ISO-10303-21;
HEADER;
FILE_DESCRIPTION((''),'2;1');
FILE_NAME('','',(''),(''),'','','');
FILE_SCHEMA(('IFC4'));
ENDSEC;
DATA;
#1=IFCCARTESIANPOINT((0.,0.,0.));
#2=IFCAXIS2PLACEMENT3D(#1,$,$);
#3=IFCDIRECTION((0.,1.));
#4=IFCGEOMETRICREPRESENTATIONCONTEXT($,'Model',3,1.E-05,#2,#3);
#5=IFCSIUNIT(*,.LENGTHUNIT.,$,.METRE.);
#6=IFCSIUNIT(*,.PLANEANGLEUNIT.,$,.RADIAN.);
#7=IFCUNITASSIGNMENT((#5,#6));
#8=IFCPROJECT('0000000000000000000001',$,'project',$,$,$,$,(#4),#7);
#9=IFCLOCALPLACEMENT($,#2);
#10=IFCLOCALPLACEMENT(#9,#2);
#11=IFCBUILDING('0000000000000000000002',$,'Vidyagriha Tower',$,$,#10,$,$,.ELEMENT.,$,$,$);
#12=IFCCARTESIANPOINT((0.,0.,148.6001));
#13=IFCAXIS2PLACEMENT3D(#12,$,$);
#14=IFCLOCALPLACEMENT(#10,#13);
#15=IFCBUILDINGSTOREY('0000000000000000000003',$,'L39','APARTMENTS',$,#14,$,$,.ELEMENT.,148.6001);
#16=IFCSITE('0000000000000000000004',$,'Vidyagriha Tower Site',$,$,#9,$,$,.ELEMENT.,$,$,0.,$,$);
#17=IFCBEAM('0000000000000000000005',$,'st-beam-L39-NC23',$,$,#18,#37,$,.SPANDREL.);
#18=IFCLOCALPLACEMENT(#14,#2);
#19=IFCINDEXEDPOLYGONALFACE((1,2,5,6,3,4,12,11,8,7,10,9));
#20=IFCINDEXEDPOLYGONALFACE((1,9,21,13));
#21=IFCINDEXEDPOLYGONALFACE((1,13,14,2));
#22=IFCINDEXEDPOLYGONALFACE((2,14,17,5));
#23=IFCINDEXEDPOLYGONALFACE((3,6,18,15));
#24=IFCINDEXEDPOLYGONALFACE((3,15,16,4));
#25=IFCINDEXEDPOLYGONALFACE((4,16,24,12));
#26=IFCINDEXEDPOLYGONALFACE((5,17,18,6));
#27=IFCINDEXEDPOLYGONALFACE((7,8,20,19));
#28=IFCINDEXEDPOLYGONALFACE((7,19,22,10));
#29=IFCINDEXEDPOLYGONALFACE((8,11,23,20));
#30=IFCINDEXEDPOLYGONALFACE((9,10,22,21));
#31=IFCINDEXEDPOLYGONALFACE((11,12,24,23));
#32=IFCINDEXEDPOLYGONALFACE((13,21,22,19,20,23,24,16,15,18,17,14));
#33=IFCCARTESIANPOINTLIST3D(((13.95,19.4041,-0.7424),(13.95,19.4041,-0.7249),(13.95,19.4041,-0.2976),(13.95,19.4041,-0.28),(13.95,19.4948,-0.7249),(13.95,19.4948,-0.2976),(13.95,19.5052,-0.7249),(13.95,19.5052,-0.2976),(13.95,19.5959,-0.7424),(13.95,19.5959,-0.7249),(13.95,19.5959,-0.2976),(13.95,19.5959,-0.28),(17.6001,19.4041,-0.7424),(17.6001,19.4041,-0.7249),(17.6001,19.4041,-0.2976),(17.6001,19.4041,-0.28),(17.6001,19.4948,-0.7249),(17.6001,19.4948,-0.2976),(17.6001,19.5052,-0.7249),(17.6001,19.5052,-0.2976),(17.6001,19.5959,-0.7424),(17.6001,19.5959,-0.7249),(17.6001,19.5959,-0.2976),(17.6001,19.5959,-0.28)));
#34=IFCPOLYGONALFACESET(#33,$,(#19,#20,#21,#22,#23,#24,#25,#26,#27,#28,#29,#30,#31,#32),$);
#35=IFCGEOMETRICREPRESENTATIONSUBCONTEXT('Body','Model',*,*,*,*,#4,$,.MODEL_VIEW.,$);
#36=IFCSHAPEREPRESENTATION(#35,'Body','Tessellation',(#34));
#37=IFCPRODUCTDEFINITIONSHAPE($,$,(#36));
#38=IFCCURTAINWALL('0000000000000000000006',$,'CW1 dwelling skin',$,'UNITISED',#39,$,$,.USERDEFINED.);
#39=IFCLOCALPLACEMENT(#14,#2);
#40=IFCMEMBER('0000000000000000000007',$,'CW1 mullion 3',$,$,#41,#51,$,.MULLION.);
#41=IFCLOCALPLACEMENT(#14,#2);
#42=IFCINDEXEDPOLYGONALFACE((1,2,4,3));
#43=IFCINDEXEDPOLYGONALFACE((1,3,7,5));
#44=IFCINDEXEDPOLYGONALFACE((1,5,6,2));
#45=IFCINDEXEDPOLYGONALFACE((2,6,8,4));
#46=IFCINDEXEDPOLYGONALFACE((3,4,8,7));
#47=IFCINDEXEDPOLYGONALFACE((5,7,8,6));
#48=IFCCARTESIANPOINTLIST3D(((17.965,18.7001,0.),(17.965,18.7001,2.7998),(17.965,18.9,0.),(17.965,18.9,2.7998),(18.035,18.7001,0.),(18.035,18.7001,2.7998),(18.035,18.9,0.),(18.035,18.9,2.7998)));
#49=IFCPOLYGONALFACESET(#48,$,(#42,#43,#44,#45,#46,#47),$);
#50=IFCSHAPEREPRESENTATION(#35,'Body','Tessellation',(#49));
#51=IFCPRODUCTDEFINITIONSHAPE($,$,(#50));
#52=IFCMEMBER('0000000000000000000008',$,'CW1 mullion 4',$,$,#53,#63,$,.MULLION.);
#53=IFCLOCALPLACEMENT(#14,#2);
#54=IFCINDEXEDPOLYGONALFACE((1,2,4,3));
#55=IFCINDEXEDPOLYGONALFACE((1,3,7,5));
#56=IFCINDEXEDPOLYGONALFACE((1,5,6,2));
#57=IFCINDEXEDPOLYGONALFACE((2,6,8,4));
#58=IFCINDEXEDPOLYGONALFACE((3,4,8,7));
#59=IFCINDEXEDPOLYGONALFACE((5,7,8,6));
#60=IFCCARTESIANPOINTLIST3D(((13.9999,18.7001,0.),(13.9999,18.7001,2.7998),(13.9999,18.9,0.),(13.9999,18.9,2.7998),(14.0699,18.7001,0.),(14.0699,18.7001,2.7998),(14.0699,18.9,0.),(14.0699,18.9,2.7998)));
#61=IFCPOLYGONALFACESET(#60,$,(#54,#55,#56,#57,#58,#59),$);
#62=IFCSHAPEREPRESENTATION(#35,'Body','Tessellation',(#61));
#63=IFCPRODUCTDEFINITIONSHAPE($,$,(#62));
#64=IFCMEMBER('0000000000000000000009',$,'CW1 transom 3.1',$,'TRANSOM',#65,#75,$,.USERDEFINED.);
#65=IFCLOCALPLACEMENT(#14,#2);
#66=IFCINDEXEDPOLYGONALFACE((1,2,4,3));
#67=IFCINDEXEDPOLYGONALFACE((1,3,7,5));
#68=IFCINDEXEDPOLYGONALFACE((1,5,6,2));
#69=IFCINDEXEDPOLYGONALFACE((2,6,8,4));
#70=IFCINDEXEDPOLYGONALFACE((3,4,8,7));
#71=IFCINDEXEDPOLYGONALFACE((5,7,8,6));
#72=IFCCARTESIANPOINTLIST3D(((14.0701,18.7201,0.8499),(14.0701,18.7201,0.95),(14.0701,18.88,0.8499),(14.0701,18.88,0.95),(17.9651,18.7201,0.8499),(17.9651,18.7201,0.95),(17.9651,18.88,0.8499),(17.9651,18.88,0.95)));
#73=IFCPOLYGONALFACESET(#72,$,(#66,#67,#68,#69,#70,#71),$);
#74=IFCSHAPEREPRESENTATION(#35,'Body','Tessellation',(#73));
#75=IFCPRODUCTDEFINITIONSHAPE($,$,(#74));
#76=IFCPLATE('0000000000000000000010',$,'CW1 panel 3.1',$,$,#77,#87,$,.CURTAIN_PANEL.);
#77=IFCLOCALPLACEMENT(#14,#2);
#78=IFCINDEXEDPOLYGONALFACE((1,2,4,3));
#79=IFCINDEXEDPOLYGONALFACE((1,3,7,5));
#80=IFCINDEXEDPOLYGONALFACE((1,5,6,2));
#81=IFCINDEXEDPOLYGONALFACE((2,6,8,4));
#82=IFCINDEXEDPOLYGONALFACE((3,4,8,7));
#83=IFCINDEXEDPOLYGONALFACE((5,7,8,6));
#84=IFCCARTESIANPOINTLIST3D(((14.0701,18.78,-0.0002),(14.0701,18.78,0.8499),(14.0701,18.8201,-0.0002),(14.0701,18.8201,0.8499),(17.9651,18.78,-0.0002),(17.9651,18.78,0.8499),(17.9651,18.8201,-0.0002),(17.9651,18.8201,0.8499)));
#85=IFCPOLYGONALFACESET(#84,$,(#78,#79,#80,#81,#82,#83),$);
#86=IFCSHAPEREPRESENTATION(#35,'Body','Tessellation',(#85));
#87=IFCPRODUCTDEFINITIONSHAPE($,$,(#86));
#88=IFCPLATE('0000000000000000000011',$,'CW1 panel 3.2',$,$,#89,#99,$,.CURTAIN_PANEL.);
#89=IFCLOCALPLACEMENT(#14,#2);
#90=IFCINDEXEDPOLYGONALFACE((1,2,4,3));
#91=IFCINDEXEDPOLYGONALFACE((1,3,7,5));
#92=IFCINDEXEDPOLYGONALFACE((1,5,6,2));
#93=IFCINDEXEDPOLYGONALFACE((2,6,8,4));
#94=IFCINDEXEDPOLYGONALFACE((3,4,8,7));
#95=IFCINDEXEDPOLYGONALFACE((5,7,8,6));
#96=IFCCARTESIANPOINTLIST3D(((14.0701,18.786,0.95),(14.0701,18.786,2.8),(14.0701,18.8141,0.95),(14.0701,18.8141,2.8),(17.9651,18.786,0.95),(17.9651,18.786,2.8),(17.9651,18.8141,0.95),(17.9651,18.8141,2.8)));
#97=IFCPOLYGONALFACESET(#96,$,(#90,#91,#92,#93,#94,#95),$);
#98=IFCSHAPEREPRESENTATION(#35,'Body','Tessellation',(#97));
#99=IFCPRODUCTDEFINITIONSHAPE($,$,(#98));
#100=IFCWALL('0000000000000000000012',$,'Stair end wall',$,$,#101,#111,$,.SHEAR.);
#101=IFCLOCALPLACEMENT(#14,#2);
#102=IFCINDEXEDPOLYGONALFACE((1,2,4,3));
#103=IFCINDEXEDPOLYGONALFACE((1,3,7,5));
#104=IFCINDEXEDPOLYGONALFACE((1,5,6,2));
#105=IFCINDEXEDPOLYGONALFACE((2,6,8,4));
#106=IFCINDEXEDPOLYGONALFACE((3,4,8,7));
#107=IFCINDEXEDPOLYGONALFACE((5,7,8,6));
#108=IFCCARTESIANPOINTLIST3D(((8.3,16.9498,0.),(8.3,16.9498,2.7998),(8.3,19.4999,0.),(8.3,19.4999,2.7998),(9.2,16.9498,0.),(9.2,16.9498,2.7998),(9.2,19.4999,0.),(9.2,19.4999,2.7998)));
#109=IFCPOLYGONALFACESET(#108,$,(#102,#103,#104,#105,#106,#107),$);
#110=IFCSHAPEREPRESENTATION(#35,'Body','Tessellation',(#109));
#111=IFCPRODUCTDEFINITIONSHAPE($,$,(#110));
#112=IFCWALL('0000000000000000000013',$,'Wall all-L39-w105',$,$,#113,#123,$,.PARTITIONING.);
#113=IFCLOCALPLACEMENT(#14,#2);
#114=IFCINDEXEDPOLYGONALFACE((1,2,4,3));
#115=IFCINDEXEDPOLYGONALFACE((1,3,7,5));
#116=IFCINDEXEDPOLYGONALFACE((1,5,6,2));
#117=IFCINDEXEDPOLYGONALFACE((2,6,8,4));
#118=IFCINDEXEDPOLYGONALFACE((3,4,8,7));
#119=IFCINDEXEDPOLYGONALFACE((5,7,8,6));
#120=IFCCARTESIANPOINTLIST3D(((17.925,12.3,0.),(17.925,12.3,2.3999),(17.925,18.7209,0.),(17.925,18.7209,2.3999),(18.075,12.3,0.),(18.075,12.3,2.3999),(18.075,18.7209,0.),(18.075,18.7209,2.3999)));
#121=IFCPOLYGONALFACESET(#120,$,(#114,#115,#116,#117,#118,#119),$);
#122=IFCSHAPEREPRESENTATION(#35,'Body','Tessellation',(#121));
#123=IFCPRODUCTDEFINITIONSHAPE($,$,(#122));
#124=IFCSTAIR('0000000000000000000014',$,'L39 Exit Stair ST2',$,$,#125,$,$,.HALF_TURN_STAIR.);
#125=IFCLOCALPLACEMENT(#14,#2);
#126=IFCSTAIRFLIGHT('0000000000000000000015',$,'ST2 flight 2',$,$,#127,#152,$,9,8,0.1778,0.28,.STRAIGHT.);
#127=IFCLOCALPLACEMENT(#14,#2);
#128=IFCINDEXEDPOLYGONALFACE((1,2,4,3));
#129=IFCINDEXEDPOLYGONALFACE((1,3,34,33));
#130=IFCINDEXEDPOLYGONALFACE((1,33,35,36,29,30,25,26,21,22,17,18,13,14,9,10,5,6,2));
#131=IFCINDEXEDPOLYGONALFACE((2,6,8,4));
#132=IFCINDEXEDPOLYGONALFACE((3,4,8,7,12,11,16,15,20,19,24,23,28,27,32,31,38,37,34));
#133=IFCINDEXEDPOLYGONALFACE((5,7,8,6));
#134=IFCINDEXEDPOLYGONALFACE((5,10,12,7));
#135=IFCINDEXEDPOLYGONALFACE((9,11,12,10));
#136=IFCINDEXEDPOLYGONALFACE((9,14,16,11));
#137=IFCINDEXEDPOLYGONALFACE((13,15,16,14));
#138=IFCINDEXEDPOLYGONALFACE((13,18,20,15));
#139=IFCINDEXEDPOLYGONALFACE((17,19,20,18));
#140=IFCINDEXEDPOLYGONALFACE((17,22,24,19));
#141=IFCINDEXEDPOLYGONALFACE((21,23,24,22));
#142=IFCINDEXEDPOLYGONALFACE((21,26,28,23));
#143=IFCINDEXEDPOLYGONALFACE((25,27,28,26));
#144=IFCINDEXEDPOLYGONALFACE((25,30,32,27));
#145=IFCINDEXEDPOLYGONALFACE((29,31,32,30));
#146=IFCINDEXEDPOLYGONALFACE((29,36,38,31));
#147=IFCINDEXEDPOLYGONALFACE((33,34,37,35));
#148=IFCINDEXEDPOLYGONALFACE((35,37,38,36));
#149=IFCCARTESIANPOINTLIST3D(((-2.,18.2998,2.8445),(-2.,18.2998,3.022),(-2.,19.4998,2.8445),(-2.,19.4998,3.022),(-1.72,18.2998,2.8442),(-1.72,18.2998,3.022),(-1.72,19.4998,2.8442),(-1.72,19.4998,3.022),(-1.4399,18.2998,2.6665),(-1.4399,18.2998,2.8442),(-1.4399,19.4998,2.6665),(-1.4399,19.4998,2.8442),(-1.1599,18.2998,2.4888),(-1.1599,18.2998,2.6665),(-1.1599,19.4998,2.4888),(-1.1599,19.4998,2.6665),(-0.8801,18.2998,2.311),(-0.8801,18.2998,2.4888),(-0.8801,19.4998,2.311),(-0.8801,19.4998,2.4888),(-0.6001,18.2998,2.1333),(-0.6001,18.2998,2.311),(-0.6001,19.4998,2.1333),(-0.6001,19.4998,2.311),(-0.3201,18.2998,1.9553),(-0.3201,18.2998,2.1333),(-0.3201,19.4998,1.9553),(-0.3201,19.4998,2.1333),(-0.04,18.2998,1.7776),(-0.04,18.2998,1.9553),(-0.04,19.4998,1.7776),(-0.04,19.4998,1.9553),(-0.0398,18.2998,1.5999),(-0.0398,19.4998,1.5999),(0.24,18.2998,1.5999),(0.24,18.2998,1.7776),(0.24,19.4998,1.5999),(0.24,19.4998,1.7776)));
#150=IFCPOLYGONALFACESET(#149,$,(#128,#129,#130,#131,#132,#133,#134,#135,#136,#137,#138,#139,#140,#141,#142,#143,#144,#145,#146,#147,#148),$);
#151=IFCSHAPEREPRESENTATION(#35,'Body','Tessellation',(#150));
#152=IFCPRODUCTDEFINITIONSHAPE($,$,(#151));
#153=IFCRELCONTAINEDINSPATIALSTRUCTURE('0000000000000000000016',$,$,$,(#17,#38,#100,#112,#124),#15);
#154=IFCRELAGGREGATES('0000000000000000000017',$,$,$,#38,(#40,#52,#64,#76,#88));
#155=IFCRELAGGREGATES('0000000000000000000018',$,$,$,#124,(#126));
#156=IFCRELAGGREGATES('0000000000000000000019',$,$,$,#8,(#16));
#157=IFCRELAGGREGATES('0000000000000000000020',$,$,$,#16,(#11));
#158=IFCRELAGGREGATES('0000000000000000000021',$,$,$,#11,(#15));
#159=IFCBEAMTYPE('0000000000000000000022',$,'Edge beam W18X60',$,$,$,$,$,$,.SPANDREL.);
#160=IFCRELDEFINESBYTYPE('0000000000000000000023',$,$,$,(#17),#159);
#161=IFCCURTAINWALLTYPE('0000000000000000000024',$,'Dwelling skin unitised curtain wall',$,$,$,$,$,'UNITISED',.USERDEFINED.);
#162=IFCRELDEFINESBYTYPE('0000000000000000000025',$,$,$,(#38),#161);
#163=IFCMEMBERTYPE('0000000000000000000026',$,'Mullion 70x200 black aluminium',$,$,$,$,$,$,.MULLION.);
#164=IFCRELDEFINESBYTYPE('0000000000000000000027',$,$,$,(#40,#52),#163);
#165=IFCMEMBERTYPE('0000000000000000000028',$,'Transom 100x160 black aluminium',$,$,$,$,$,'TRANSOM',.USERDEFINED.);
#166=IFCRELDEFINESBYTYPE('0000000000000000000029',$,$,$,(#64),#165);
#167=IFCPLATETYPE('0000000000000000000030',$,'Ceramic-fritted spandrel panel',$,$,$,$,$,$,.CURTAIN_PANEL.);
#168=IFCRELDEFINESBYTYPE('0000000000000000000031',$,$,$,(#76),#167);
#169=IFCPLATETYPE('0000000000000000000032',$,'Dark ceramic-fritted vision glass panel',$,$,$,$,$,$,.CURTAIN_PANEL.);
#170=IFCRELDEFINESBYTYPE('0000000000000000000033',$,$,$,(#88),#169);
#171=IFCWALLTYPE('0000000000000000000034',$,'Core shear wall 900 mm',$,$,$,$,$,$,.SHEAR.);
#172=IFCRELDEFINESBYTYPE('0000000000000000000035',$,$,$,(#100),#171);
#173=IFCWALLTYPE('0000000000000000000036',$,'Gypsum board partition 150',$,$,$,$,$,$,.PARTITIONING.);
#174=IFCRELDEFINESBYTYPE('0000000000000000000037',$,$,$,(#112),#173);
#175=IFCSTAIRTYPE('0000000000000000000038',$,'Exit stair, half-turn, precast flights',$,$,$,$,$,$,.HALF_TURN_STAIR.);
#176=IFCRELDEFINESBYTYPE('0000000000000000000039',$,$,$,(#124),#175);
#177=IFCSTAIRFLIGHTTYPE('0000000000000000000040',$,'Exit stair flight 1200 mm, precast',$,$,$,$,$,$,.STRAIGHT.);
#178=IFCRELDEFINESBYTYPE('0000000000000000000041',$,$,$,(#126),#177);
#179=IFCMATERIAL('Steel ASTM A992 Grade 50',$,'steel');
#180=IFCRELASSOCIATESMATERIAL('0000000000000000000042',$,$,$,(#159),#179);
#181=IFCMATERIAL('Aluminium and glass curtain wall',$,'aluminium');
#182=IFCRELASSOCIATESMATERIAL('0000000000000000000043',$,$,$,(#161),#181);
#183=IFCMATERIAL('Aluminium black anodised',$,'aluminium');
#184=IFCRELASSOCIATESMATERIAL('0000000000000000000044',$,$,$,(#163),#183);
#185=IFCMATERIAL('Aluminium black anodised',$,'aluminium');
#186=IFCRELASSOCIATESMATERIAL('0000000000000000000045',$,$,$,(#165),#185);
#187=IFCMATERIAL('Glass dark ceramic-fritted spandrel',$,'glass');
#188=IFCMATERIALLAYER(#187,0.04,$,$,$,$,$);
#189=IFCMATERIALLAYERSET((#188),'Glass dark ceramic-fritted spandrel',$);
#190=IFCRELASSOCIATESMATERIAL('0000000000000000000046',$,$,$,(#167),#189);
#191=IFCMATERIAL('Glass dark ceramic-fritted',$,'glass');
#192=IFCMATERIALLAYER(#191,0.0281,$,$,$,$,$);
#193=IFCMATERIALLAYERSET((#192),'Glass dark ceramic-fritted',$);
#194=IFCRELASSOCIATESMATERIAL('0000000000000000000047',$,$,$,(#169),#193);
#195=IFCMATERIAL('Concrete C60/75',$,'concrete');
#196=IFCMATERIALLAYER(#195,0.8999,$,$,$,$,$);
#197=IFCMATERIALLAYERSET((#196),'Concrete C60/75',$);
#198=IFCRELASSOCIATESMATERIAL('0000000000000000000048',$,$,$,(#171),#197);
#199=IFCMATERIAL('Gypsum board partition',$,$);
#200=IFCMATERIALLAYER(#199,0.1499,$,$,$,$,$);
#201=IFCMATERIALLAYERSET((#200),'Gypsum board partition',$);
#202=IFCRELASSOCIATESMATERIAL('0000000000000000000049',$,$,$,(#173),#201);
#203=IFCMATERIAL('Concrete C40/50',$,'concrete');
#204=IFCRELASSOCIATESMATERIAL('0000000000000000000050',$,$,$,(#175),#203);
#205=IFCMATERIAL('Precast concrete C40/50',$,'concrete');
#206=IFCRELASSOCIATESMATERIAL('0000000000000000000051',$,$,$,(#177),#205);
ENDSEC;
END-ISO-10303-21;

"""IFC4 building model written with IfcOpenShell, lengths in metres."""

from ifc_helpers import new_model, si_unit, direction, frame, frame_2d, origin, origin_2d, place, context, subcontext, project, spatial, polyline, rectangle, i_section, outline, extrude, material, layer, layer_set, material_profile, profile_set, type_object, element, aggregate, save


model = new_model("IFC4")

# Units and contexts
model_context = context("Model", 3, precision=1e-05, world=origin(), true_north=direction((0.0, 1.0)))
body_context = subcontext(model_context, "Body", "Model", "MODEL_VIEW")
ifc_project = project(units=[si_unit("LENGTHUNIT", "METRE"), si_unit("PLANEANGLEUNIT", "RADIAN")], contexts=[model_context])

# Site, building, storey
site_placement = place(None, origin())
site = spatial("IfcSite", under=ifc_project, at=site_placement, Name="Vidyagriha Tower Site", CompositionType="ELEMENT", RefElevation=0.0)
building_placement = place(site_placement, origin())
building = spatial("IfcBuilding", under=site, at=building_placement, Name="Vidyagriha Tower", CompositionType="ELEMENT")
storey_placement = place(building_placement, frame((0.0, 0.0, 148.6001)))
storey = spatial("IfcBuildingStorey", under=building, at=storey_placement, Name="L39", Description="APARTMENTS", CompositionType="ELEMENT", Elevation=148.6001)

# Beam
ifc_material_1 = material(Name="Steel ASTM A992 Grade 50", Category="steel")
ifc_material_profile_1 = material_profile(ifc_material_1, i_section(OverallWidth=0.1919, OverallDepth=0.4624, WebThickness=0.0105, FlangeThickness=0.0176, at=origin_2d()), Name="W18X60")
ifc_profile_set_1 = profile_set([ifc_material_profile_1], Name="Steel ASTM A992 Grade 50")
beam_type = type_object("IfcBeamType", Name="Edge beam W18X60", PredefinedType="SPANDREL", material=ifc_profile_set_1)
beam_placement = place(storey_placement, frame((13.95, 19.5, -0.5112), z_axis=(1.0, 0.0, 0.0), x_axis=(0.0, 1.0, 0.0)))
element("IfcBeam", 1, at=beam_placement, inside=storey, type_object=beam_type, Name="st-beam-L39-NC23", PredefinedType="SPANDREL", context=body_context, shape_type="SweptSolid", body=[
    extrude(i_section(OverallWidth=0.1919, OverallDepth=0.4624, WebThickness=0.0105, FlangeThickness=0.0176, at=origin_2d()), origin(), (0.0, 0.0, 1.0), 3.6501),
])

# Curtain wall, members, plates
ifc_material_2 = material(Name="Aluminium and glass curtain wall", Category="aluminium")
curtain_wall_type = type_object("IfcCurtainWallType", Name="Dwelling skin unitised curtain wall", ElementType="UNITISED", PredefinedType="USERDEFINED", material=ifc_material_2)
curtain_wall_placement = place(storey_placement, origin())
curtain_wall = element("IfcCurtainWall", 2, at=curtain_wall_placement, inside=storey, type_object=curtain_wall_type, Name="CW1 dwelling skin", ObjectType="UNITISED", PredefinedType="USERDEFINED")
ifc_material_3 = material(Name="Aluminium black anodised", Category="aluminium")
ifc_material_profile_2 = material_profile(ifc_material_3, rectangle(XDim=0.2, YDim=0.0701, at=origin_2d()), Name="Mullion 70x200 black aluminium")
ifc_profile_set_2 = profile_set([ifc_material_profile_2], Name="Aluminium black anodised")
member_type_1 = type_object("IfcMemberType", Name="Mullion 70x200 black aluminium", PredefinedType="MULLION", material=ifc_profile_set_2)
member_1_placement = place(storey_placement, frame((18.0, 18.8, 0.0), z_axis=(0.0, 0.0, 1.0), x_axis=(0.0, -1.0, 0.0)))
member_1 = element("IfcMember", 3, at=member_1_placement, type_object=member_type_1, Name="CW1 mullion 3", PredefinedType="MULLION", context=body_context, shape_type="SweptSolid", body=[
    extrude(rectangle(XDim=0.2, YDim=0.0701, at=origin_2d()), origin(), (0.0, 0.0, 1.0), 2.7998),
])
member_2_placement = place(storey_placement, frame((14.0349, 18.8, 0.0), z_axis=(0.0, 0.0, 1.0), x_axis=(0.0, -1.0, 0.0)))
member_2 = element("IfcMember", 4, at=member_2_placement, type_object=member_type_1, Name="CW1 mullion 4", PredefinedType="MULLION", context=body_context, shape_type="SweptSolid", body=[
    extrude(rectangle(XDim=0.2, YDim=0.0701, at=origin_2d()), origin(), (0.0, 0.0, 1.0), 2.7998),
])
ifc_material_4 = material(Name="Aluminium black anodised", Category="aluminium")
ifc_material_profile_3 = material_profile(ifc_material_4, rectangle(XDim=0.1599, YDim=0.1001, at=origin_2d()), Name="Transom 100x160 black aluminium")
ifc_profile_set_3 = profile_set([ifc_material_profile_3], Name="Aluminium black anodised")
member_type_2 = type_object("IfcMemberType", Name="Transom 100x160 black aluminium", ElementType="TRANSOM", PredefinedType="USERDEFINED", material=ifc_profile_set_3)
member_3_placement = place(storey_placement, frame((17.9651, 18.8, 0.8999), z_axis=(-1.0, 0.0, 0.0), x_axis=(0.0, -1.0, 0.0)))
member_3 = element("IfcMember", 5, at=member_3_placement, type_object=member_type_2, Name="CW1 transom 3.1", ObjectType="TRANSOM", PredefinedType="USERDEFINED", context=body_context, shape_type="SweptSolid", body=[
    extrude(rectangle(XDim=0.1599, YDim=0.1001, at=origin_2d()), origin(), (0.0, 0.0, 1.0), 3.895),
])
ifc_material_5 = material(Name="Glass dark ceramic-fritted spandrel", Category="glass")
ifc_layer_1 = layer(ifc_material_5, 0.04)
ifc_layer_set_1 = layer_set([ifc_layer_1], Name="Glass dark ceramic-fritted spandrel")
plate_type_1 = type_object("IfcPlateType", Name="Ceramic-fritted spandrel panel", PredefinedType="CURTAIN_PANEL", material=ifc_layer_set_1)
plate_1_placement = place(storey_placement, frame((16.0176, 18.8, -0.0002), z_axis=(0.0, 0.0, 1.0), x_axis=(-1.0, 0.0, 0.0)))
plate_1 = element("IfcPlate", 6, at=plate_1_placement, type_object=plate_type_1, Name="CW1 panel 3.1", PredefinedType="CURTAIN_PANEL", context=body_context, shape_type="SweptSolid", body=[
    extrude(rectangle(XDim=3.895, YDim=0.04, at=origin_2d()), origin(), (0.0, 0.0, 1.0), 0.8501),
])
ifc_material_6 = material(Name="Glass dark ceramic-fritted", Category="glass")
ifc_layer_2 = layer(ifc_material_6, 0.0281)
ifc_layer_set_2 = layer_set([ifc_layer_2], Name="Glass dark ceramic-fritted")
plate_type_2 = type_object("IfcPlateType", Name="Dark ceramic-fritted vision glass panel", PredefinedType="CURTAIN_PANEL", material=ifc_layer_set_2)
plate_2_placement = place(storey_placement, frame((16.0176, 18.8, 0.95), z_axis=(0.0, 0.0, 1.0), x_axis=(-1.0, 0.0, 0.0)))
plate_2 = element("IfcPlate", 7, at=plate_2_placement, type_object=plate_type_2, Name="CW1 panel 3.2", PredefinedType="CURTAIN_PANEL", context=body_context, shape_type="SweptSolid", body=[
    extrude(rectangle(XDim=3.895, YDim=0.0281, at=origin_2d()), origin(), (0.0, 0.0, 1.0), 1.8501),
])
aggregate(curtain_wall, [member_1, member_2, member_3, plate_1, plate_2])

# Walls
ifc_material_7 = material(Name="Concrete C60/75", Category="concrete")
ifc_layer_3 = layer(ifc_material_7, 0.8999)
ifc_layer_set_3 = layer_set([ifc_layer_3], Name="Concrete C60/75")
wall_type_1 = type_object("IfcWallType", Name="Core shear wall 900 mm", PredefinedType="SHEAR", material=ifc_layer_set_3)
wall_1_placement = place(storey_placement, frame((8.75, 16.95, 0.0), z_axis=(0.0, 0.0, 1.0), x_axis=(0.0, 1.0, 0.0)))
element("IfcWall", 8, at=wall_1_placement, inside=storey, type_object=wall_type_1, Name="Stair end wall", PredefinedType="SHEAR", context=body_context, shape_type="SweptSolid", body=[
    extrude(rectangle(XDim=2.55, YDim=0.8999, at=frame_2d((1.2749, 0.0))), origin(), (0.0, 0.0, 1.0), 2.7998),
])
ifc_material_8 = material(Name="Gypsum board partition")
ifc_layer_4 = layer(ifc_material_8, 0.1499)
ifc_layer_set_4 = layer_set([ifc_layer_4], Name="Gypsum board partition")
wall_type_2 = type_object("IfcWallType", Name="Gypsum board partition 150", PredefinedType="PARTITIONING", material=ifc_layer_set_4)
wall_2_placement = place(storey_placement, frame((18.0, 18.7209, 0.0), z_axis=(0.0, 0.0, 1.0), x_axis=(0.0, -1.0, 0.0)))
element("IfcWall", 9, at=wall_2_placement, inside=storey, type_object=wall_type_2, Name="Wall all-L39-w105", PredefinedType="PARTITIONING", context=body_context, shape_type="SweptSolid", body=[
    extrude(rectangle(XDim=6.4209, YDim=0.1499, at=frame_2d((3.2104, 0.0))), origin(), (0.0, 0.0, 1.0), 2.3999),
])

# Stair, stair flight
ifc_material_9 = material(Name="Concrete C40/50", Category="concrete")
stair_type = type_object("IfcStairType", Name="Exit stair, half-turn, precast flights", PredefinedType="HALF_TURN_STAIR", material=ifc_material_9)
stair_1_placement = place(storey_placement, origin())
stair_1 = element("IfcStair", 10, at=stair_1_placement, inside=storey, type_object=stair_type, Name="L39 Exit Stair ST2", PredefinedType="HALF_TURN_STAIR")
ifc_material_10 = material(Name="Precast concrete C40/50", Category="concrete")
stair_flight_type = type_object("IfcStairFlightType", Name="Exit stair flight 1200 mm, precast", PredefinedType="STRAIGHT", material=ifc_material_10)
stair_flight_1_placement = place(storey_placement, frame((0.24, 18.8999, 1.5999), z_axis=(0.0, 0.0, 1.0), x_axis=(-1.0, 0.0, 0.0)))
stair_flight_1 = element("IfcStairFlight", 11, at=stair_flight_1_placement, type_object=stair_flight_type, Name="ST2 flight 2", NumberOfRisers=9, NumberOfTreads=8, PredefinedType="STRAIGHT", RiserHeight=0.1778, TreadLength=0.28, context=body_context, shape_type="SweptSolid", body=[
    extrude(outline(polyline([(0.0, 0.0), (0.0, 0.1777), (0.28, 0.1777), (0.28, 0.3555), (0.5601, 0.3555), (0.5601, 0.5334), (0.8401, 0.5334), (0.8401, 0.7112), (1.1201, 0.7112), (1.1201, 0.8889), (1.3999, 0.8889), (1.3999, 1.0667), (1.6799, 1.0667), (1.6799, 1.2444), (1.96, 1.2444), (1.96, 1.4221), (2.24, 1.4221), (2.24, 1.6001), (2.24, 1.2446), (0.2798, 0.0), (0.0, 0.0)])), frame((0.0, 0.6001, 0.0), z_axis=(0.0, -1.0, 0.0), x_axis=(1.0, 0.0, 0.0)), (0.0, 0.0, 1.0), 1.2),
])
aggregate(stair_1, [stair_flight_1])

save(model, "model.ifc")
